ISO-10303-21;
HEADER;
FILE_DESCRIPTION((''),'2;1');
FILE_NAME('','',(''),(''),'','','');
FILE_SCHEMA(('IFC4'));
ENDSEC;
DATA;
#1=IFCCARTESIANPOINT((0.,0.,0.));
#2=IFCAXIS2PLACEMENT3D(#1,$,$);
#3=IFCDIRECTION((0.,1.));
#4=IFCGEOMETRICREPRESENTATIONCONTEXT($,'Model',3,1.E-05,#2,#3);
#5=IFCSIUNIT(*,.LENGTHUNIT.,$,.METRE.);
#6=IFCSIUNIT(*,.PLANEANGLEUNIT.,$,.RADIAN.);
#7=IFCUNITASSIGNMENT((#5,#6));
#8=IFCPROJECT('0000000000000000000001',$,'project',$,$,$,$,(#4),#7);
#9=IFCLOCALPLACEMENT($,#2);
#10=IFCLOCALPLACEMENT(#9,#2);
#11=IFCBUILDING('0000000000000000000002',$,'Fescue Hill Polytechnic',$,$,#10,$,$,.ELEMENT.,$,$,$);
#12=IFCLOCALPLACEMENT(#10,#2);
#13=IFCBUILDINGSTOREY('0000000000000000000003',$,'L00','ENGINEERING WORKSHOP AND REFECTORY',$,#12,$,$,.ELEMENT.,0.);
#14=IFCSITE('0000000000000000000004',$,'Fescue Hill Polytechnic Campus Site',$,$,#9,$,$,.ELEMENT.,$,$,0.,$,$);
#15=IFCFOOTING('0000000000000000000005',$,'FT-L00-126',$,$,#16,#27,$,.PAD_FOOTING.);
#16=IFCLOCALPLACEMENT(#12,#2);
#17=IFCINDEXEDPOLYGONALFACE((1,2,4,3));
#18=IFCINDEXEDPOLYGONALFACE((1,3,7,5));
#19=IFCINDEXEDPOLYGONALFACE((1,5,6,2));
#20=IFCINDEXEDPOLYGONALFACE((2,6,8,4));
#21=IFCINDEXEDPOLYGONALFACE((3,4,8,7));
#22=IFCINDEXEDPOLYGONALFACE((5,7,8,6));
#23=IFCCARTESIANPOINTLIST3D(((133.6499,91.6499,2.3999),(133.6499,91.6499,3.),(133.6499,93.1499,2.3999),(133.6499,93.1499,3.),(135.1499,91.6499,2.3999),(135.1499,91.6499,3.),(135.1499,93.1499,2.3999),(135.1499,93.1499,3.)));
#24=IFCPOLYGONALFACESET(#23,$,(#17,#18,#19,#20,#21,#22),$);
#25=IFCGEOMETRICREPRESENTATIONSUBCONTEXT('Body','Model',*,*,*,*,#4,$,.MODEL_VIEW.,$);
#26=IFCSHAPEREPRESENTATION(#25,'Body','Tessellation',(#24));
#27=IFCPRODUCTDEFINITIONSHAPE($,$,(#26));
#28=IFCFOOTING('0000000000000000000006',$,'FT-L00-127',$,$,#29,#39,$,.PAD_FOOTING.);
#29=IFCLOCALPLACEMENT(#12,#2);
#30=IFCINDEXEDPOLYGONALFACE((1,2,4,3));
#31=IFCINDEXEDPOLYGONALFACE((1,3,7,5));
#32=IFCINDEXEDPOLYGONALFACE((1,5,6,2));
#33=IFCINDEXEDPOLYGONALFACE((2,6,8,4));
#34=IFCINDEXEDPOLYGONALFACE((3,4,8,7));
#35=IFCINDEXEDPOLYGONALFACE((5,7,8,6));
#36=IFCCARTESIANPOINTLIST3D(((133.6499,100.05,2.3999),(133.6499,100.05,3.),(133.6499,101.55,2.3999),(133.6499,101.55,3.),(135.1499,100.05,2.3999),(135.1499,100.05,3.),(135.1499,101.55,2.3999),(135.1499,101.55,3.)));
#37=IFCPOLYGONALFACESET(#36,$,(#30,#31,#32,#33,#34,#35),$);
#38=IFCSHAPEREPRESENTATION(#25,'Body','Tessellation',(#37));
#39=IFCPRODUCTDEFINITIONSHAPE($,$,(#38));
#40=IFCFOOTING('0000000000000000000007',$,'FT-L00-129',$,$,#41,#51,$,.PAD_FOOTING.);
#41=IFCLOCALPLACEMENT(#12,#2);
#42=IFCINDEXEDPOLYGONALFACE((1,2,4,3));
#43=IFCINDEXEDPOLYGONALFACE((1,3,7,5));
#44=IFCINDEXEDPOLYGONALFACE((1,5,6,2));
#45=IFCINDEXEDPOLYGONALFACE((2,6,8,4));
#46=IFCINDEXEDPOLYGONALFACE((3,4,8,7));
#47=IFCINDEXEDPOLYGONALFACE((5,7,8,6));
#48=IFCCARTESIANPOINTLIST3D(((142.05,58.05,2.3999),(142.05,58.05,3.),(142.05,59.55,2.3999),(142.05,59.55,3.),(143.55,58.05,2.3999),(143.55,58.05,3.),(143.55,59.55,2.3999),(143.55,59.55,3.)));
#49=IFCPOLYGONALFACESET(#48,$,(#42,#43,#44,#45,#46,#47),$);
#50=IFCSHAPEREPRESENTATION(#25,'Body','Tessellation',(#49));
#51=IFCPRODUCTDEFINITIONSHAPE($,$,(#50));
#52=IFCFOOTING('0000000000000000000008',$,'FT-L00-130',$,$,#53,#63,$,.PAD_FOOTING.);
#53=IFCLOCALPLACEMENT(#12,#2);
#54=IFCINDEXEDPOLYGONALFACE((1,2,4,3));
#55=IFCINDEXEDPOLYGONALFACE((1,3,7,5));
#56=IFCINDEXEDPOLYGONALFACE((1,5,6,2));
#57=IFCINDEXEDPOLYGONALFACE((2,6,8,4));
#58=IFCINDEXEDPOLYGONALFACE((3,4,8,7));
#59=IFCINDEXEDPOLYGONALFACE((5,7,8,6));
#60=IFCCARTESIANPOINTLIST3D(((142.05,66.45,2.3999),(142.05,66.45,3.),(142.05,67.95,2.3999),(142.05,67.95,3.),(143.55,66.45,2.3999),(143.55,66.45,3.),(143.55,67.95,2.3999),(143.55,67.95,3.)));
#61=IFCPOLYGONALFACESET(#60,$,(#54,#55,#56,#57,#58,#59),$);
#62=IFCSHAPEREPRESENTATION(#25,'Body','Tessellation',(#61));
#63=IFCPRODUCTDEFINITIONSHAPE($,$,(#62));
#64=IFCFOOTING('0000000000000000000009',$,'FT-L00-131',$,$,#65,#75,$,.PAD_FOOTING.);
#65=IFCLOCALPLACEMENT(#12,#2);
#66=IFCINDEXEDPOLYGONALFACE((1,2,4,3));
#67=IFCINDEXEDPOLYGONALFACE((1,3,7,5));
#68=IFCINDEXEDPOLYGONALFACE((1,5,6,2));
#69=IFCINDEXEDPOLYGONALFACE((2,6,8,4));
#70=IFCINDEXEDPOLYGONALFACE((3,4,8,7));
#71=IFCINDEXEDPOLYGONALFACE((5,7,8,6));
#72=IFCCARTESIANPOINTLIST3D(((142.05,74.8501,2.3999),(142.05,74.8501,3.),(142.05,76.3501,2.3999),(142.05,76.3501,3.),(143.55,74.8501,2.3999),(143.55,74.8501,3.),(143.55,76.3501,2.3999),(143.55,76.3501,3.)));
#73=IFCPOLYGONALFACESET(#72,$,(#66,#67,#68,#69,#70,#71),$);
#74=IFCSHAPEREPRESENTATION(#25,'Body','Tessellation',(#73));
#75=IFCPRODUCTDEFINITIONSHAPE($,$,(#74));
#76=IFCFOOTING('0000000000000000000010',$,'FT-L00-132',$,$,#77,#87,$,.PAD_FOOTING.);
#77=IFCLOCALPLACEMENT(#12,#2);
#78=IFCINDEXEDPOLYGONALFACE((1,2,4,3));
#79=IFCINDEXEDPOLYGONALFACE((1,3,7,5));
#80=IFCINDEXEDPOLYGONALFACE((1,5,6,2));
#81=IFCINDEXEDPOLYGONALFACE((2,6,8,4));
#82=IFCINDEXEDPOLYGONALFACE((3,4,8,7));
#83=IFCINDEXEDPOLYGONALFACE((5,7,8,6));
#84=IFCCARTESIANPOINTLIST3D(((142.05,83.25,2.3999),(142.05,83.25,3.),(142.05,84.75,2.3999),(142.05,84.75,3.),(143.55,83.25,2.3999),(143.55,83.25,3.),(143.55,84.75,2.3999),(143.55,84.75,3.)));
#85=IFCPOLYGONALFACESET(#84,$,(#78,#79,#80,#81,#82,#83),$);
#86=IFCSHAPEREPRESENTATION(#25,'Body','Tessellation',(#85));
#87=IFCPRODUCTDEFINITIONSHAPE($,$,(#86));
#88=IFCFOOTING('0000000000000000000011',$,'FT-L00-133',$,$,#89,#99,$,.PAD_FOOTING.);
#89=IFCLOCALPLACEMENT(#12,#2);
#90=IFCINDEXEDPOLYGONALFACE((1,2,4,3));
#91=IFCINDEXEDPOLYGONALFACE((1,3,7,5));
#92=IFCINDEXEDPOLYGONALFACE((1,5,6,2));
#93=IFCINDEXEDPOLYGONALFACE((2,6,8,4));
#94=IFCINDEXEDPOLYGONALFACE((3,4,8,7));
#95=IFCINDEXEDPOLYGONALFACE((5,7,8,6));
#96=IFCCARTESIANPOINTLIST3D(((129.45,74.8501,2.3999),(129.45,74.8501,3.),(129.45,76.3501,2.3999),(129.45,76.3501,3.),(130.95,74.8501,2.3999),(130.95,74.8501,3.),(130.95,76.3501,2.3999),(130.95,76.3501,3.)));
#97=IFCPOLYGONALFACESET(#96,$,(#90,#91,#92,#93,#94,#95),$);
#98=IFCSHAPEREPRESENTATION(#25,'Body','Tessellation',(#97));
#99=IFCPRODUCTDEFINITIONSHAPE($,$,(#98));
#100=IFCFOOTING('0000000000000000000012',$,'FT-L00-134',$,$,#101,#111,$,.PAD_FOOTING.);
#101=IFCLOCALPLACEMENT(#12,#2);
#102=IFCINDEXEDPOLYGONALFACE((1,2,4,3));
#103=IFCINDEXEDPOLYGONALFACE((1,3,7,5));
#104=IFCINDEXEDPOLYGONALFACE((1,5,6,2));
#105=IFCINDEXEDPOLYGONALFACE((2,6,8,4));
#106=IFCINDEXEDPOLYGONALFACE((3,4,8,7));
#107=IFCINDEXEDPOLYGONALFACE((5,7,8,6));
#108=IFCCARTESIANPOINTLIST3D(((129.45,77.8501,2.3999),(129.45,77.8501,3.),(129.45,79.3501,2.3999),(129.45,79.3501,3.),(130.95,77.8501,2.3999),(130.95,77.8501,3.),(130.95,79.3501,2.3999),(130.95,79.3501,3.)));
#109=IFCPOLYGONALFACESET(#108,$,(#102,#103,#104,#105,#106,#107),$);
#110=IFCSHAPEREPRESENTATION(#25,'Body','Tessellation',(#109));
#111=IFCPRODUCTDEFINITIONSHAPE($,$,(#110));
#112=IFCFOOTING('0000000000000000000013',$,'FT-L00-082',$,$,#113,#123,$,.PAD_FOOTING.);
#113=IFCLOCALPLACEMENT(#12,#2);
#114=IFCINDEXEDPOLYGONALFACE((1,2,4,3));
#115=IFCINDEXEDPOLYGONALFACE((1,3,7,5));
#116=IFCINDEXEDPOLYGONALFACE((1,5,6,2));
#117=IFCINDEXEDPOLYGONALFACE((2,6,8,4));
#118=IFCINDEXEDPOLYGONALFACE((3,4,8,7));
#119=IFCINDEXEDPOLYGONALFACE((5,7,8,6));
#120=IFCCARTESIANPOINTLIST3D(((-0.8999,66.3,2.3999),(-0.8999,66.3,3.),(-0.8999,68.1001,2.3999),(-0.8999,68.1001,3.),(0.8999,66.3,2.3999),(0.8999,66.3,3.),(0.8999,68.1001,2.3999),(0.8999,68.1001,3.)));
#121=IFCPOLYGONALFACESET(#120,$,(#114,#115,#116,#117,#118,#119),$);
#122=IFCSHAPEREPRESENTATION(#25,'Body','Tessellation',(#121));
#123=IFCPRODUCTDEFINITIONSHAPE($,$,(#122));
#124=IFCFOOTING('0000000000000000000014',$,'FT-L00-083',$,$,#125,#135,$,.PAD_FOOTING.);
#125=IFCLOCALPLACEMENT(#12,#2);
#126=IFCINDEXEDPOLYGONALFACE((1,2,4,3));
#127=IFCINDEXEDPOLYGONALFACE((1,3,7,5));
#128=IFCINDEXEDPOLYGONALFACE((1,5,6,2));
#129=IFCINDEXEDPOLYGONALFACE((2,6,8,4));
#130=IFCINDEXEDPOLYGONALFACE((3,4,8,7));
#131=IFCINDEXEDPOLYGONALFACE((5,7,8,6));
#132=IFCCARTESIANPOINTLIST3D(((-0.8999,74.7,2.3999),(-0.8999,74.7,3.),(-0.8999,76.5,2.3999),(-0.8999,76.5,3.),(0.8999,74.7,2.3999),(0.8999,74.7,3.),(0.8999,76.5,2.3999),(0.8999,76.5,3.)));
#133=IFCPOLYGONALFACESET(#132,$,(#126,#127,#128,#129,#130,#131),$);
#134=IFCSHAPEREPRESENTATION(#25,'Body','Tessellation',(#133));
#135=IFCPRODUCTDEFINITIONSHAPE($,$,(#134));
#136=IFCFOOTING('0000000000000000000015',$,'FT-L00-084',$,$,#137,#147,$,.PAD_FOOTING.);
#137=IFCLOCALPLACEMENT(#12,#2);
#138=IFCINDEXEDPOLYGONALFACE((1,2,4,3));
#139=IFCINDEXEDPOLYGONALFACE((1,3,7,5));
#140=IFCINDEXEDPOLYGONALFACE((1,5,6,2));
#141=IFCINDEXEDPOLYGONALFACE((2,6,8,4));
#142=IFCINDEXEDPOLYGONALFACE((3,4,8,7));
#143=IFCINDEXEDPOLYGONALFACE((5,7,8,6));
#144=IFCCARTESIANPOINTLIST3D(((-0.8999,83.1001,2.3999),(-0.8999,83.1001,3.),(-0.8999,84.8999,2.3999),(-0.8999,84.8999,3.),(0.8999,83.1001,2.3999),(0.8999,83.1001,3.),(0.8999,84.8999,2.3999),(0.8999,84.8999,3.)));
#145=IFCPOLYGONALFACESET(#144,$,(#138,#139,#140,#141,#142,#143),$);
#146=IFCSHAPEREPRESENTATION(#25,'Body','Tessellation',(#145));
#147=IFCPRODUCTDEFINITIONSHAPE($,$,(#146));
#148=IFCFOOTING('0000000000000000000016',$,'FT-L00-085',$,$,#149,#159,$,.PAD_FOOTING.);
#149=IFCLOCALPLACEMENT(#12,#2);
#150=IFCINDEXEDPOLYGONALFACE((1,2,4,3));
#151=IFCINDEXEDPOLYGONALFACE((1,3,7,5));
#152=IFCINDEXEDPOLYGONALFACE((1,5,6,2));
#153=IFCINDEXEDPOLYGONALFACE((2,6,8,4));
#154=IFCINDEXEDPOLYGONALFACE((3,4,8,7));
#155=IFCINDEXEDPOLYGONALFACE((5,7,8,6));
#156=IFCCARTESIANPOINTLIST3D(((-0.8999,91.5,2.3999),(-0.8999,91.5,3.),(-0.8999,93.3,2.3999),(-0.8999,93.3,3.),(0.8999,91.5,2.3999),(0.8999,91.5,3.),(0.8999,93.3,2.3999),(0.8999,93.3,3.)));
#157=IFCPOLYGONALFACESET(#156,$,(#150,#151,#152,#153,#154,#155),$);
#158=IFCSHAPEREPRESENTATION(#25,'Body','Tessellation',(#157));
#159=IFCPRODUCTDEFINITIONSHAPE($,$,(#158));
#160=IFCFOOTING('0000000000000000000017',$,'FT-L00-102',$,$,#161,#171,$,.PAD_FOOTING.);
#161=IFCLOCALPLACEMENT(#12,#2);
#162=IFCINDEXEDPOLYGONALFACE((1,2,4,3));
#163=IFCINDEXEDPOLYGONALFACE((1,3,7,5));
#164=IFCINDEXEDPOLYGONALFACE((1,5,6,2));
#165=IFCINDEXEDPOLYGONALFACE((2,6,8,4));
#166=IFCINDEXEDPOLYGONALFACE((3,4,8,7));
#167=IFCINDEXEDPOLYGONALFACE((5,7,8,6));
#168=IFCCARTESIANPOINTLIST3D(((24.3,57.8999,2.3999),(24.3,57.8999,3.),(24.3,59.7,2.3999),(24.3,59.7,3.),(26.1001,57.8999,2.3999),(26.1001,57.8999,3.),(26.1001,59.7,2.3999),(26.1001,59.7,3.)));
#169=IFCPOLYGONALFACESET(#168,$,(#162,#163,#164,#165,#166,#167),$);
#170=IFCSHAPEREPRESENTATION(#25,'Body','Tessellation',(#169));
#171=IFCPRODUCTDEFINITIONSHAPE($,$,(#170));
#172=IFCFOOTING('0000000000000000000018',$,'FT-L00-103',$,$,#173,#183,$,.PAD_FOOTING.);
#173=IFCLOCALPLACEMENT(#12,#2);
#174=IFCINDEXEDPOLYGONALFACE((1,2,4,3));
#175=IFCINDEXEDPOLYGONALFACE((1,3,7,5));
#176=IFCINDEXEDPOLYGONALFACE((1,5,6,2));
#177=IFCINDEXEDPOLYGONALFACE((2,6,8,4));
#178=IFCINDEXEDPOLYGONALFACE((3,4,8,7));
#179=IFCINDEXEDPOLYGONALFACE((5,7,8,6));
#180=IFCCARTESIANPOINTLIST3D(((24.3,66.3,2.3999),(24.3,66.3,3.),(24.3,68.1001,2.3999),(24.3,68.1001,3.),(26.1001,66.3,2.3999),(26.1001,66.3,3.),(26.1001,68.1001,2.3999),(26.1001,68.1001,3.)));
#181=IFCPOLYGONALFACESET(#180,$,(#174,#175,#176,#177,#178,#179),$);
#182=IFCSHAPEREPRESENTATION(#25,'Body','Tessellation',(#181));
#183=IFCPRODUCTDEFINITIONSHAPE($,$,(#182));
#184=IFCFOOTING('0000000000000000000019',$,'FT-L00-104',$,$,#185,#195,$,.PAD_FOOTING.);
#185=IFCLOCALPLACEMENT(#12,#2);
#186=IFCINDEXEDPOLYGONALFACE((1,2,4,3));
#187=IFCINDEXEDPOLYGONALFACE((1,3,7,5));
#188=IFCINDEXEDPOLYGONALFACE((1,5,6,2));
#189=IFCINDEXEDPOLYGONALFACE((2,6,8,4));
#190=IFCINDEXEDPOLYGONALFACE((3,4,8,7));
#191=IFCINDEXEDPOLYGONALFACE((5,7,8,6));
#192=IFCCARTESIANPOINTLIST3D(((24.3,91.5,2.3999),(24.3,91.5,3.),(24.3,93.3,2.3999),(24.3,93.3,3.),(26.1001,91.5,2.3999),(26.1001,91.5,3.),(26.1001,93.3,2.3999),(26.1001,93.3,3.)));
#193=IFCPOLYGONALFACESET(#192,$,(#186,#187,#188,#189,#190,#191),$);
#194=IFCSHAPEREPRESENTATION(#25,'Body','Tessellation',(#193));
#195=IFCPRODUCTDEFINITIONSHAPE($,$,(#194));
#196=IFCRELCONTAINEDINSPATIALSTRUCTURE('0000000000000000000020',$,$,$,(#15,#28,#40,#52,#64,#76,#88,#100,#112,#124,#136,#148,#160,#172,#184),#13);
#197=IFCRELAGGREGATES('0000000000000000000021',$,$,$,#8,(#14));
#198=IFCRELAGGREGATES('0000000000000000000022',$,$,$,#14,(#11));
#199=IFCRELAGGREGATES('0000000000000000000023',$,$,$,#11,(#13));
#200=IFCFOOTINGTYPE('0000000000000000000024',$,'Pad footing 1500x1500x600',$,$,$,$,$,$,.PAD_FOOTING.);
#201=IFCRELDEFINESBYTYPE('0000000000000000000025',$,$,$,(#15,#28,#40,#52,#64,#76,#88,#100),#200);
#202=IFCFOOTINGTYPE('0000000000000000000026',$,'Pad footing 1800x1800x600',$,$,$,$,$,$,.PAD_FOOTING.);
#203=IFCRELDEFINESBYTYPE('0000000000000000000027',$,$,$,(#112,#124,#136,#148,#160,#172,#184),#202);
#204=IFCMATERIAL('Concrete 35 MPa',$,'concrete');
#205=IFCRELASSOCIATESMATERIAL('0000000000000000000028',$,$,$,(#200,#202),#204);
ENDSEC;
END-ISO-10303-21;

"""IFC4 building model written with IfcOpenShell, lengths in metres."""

from ifc_helpers import new_model, si_unit, direction, frame, origin, place, context, subcontext, project, spatial, polyline, outline, extrude, material, type_object, element, save


model = new_model("IFC4")

# Units and contexts
model_context = context("Model", 3, precision=1e-05, world=origin(), true_north=direction((0.0, 1.0)))
body_context = subcontext(model_context, "Body", "Model", "MODEL_VIEW")
ifc_project = project(units=[si_unit("LENGTHUNIT", "METRE"), si_unit("PLANEANGLEUNIT", "RADIAN")], contexts=[model_context])

# Site, building, storey
site_placement = place(None, origin())
site = spatial("IfcSite", under=ifc_project, at=site_placement, Name="Fescue Hill Polytechnic Campus Site", CompositionType="ELEMENT", RefElevation=0.0)
building_placement = place(site_placement, origin())
building = spatial("IfcBuilding", under=site, at=building_placement, Name="Fescue Hill Polytechnic", CompositionType="ELEMENT")
storey_placement = place(building_placement, origin())
storey = spatial("IfcBuildingStorey", under=building, at=storey_placement, Name="L00", Description="ENGINEERING WORKSHOP AND REFECTORY", CompositionType="ELEMENT", Elevation=0.0)

# Footings
ifc_material = material(Name="Concrete 35 MPa", Category="concrete")
footing_type_1 = type_object("IfcFootingType", Name="Pad footing 1500x1500x600", PredefinedType="PAD_FOOTING", material=ifc_material)
footing_1_placement = place(storey_placement, frame((0.0, 0.0, 2.3999)))
element("IfcFooting", 1, at=footing_1_placement, inside=storey, type_object=footing_type_1, Name="FT-L00-126", PredefinedType="PAD_FOOTING", context=body_context, shape_type="SweptSolid", body=[
    extrude(outline(polyline([(135.1499, 91.6499), (135.1499, 93.1499), (133.6499, 93.1499), (133.6499, 91.6499), (135.1499, 91.6499)])), origin(), (0.0, 0.0, 1.0), 0.6001),
])
footing_2_placement = place(storey_placement, frame((0.0, 0.0, 2.3999)))
element("IfcFooting", 2, at=footing_2_placement, inside=storey, type_object=footing_type_1, Name="FT-L00-127", PredefinedType="PAD_FOOTING", context=body_context, shape_type="SweptSolid", body=[
    extrude(outline(polyline([(135.1499, 100.05), (135.1499, 101.55), (133.6499, 101.55), (133.6499, 100.05), (135.1499, 100.05)])), origin(), (0.0, 0.0, 1.0), 0.6001),
])
footing_3_placement = place(storey_placement, frame((0.0, 0.0, 2.3999)))
element("IfcFooting", 3, at=footing_3_placement, inside=storey, type_object=footing_type_1, Name="FT-L00-129", PredefinedType="PAD_FOOTING", context=body_context, shape_type="SweptSolid", body=[
    extrude(outline(polyline([(143.55, 58.05), (143.55, 59.55), (142.05, 59.55), (142.05, 58.05), (143.55, 58.05)])), origin(), (0.0, 0.0, 1.0), 0.6001),
])
footing_4_placement = place(storey_placement, frame((0.0, 0.0, 2.3999)))
element("IfcFooting", 4, at=footing_4_placement, inside=storey, type_object=footing_type_1, Name="FT-L00-130", PredefinedType="PAD_FOOTING", context=body_context, shape_type="SweptSolid", body=[
    extrude(outline(polyline([(143.55, 66.45), (143.55, 67.95), (142.05, 67.95), (142.05, 66.45), (143.55, 66.45)])), origin(), (0.0, 0.0, 1.0), 0.6001),
])
footing_5_placement = place(storey_placement, frame((0.0, 0.0, 2.3999)))
element("IfcFooting", 5, at=footing_5_placement, inside=storey, type_object=footing_type_1, Name="FT-L00-131", PredefinedType="PAD_FOOTING", context=body_context, shape_type="SweptSolid", body=[
    extrude(outline(polyline([(143.55, 74.8501), (143.55, 76.3501), (142.05, 76.3501), (142.05, 74.8501), (143.55, 74.8501)])), origin(), (0.0, 0.0, 1.0), 0.6001),
])
footing_6_placement = place(storey_placement, frame((0.0, 0.0, 2.3999)))
element("IfcFooting", 6, at=footing_6_placement, inside=storey, type_object=footing_type_1, Name="FT-L00-132", PredefinedType="PAD_FOOTING", context=body_context, shape_type="SweptSolid", body=[
    extrude(outline(polyline([(143.55, 83.25), (143.55, 84.75), (142.05, 84.75), (142.05, 83.25), (143.55, 83.25)])), origin(), (0.0, 0.0, 1.0), 0.6001),
])
footing_7_placement = place(storey_placement, frame((0.0, 0.0, 2.3999)))
element("IfcFooting", 7, at=footing_7_placement, inside=storey, type_object=footing_type_1, Name="FT-L00-133", PredefinedType="PAD_FOOTING", context=body_context, shape_type="SweptSolid", body=[
    extrude(outline(polyline([(130.95, 74.8501), (130.95, 76.3501), (129.45, 76.3501), (129.45, 74.8501), (130.95, 74.8501)])), origin(), (0.0, 0.0, 1.0), 0.6001),
])
footing_8_placement = place(storey_placement, frame((0.0, 0.0, 2.3999)))
element("IfcFooting", 8, at=footing_8_placement, inside=storey, type_object=footing_type_1, Name="FT-L00-134", PredefinedType="PAD_FOOTING", context=body_context, shape_type="SweptSolid", body=[
    extrude(outline(polyline([(130.95, 77.8501), (130.95, 79.3501), (129.45, 79.3501), (129.45, 77.8501), (130.95, 77.8501)])), origin(), (0.0, 0.0, 1.0), 0.6001),
])
footing_type_2 = type_object("IfcFootingType", Name="Pad footing 1800x1800x600", PredefinedType="PAD_FOOTING", material=ifc_material)
footing_9_placement = place(storey_placement, frame((0.0, 0.0, 2.3999)))
element("IfcFooting", 9, at=footing_9_placement, inside=storey, type_object=footing_type_2, Name="FT-L00-082", PredefinedType="PAD_FOOTING", context=body_context, shape_type="SweptSolid", body=[
    extrude(outline(polyline([(0.8999, 66.3), (0.8999, 68.1001), (-0.8999, 68.1001), (-0.8999, 66.3), (0.8999, 66.3)])), origin(), (0.0, 0.0, 1.0), 0.6001),
])
footing_10_placement = place(storey_placement, frame((0.0, 0.0, 2.3999)))
element("IfcFooting", 10, at=footing_10_placement, inside=storey, type_object=footing_type_2, Name="FT-L00-083", PredefinedType="PAD_FOOTING", context=body_context, shape_type="SweptSolid", body=[
    extrude(outline(polyline([(0.8999, 74.7), (0.8999, 76.5), (-0.8999, 76.5), (-0.8999, 74.7), (0.8999, 74.7)])), origin(), (0.0, 0.0, 1.0), 0.6001),
])
footing_11_placement = place(storey_placement, frame((0.0, 0.0, 2.3999)))
element("IfcFooting", 11, at=footing_11_placement, inside=storey, type_object=footing_type_2, Name="FT-L00-084", PredefinedType="PAD_FOOTING", context=body_context, shape_type="SweptSolid", body=[
    extrude(outline(polyline([(0.8999, 83.1001), (0.8999, 84.8999), (-0.8999, 84.8999), (-0.8999, 83.1001), (0.8999, 83.1001)])), origin(), (0.0, 0.0, 1.0), 0.6001),
])
footing_12_placement = place(storey_placement, frame((0.0, 0.0, 2.3999)))
element("IfcFooting", 12, at=footing_12_placement, inside=storey, type_object=footing_type_2, Name="FT-L00-085", PredefinedType="PAD_FOOTING", context=body_context, shape_type="SweptSolid", body=[
    extrude(outline(polyline([(0.8999, 91.5), (0.8999, 93.3), (-0.8999, 93.3), (-0.8999, 91.5), (0.8999, 91.5)])), origin(), (0.0, 0.0, 1.0), 0.6001),
])
footing_13_placement = place(storey_placement, frame((0.0, 0.0, 2.3999)))
element("IfcFooting", 13, at=footing_13_placement, inside=storey, type_object=footing_type_2, Name="FT-L00-102", PredefinedType="PAD_FOOTING", context=body_context, shape_type="SweptSolid", body=[
    extrude(outline(polyline([(26.1001, 57.8999), (26.1001, 59.7), (24.3, 59.7), (24.3, 57.8999), (26.1001, 57.8999)])), origin(), (0.0, 0.0, 1.0), 0.6001),
])
footing_14_placement = place(storey_placement, frame((0.0, 0.0, 2.3999)))
element("IfcFooting", 14, at=footing_14_placement, inside=storey, type_object=footing_type_2, Name="FT-L00-103", PredefinedType="PAD_FOOTING", context=body_context, shape_type="SweptSolid", body=[
    extrude(outline(polyline([(26.1001, 66.3), (26.1001, 68.1001), (24.3, 68.1001), (24.3, 66.3), (26.1001, 66.3)])), origin(), (0.0, 0.0, 1.0), 0.6001),
])
footing_15_placement = place(storey_placement, frame((0.0, 0.0, 2.3999)))
element("IfcFooting", 15, at=footing_15_placement, inside=storey, type_object=footing_type_2, Name="FT-L00-104", PredefinedType="PAD_FOOTING", context=body_context, shape_type="SweptSolid", body=[
    extrude(outline(polyline([(26.1001, 91.5), (26.1001, 93.3), (24.3, 93.3), (24.3, 91.5), (26.1001, 91.5)])), origin(), (0.0, 0.0, 1.0), 0.6001),
])

save(model, "model.ifc")
